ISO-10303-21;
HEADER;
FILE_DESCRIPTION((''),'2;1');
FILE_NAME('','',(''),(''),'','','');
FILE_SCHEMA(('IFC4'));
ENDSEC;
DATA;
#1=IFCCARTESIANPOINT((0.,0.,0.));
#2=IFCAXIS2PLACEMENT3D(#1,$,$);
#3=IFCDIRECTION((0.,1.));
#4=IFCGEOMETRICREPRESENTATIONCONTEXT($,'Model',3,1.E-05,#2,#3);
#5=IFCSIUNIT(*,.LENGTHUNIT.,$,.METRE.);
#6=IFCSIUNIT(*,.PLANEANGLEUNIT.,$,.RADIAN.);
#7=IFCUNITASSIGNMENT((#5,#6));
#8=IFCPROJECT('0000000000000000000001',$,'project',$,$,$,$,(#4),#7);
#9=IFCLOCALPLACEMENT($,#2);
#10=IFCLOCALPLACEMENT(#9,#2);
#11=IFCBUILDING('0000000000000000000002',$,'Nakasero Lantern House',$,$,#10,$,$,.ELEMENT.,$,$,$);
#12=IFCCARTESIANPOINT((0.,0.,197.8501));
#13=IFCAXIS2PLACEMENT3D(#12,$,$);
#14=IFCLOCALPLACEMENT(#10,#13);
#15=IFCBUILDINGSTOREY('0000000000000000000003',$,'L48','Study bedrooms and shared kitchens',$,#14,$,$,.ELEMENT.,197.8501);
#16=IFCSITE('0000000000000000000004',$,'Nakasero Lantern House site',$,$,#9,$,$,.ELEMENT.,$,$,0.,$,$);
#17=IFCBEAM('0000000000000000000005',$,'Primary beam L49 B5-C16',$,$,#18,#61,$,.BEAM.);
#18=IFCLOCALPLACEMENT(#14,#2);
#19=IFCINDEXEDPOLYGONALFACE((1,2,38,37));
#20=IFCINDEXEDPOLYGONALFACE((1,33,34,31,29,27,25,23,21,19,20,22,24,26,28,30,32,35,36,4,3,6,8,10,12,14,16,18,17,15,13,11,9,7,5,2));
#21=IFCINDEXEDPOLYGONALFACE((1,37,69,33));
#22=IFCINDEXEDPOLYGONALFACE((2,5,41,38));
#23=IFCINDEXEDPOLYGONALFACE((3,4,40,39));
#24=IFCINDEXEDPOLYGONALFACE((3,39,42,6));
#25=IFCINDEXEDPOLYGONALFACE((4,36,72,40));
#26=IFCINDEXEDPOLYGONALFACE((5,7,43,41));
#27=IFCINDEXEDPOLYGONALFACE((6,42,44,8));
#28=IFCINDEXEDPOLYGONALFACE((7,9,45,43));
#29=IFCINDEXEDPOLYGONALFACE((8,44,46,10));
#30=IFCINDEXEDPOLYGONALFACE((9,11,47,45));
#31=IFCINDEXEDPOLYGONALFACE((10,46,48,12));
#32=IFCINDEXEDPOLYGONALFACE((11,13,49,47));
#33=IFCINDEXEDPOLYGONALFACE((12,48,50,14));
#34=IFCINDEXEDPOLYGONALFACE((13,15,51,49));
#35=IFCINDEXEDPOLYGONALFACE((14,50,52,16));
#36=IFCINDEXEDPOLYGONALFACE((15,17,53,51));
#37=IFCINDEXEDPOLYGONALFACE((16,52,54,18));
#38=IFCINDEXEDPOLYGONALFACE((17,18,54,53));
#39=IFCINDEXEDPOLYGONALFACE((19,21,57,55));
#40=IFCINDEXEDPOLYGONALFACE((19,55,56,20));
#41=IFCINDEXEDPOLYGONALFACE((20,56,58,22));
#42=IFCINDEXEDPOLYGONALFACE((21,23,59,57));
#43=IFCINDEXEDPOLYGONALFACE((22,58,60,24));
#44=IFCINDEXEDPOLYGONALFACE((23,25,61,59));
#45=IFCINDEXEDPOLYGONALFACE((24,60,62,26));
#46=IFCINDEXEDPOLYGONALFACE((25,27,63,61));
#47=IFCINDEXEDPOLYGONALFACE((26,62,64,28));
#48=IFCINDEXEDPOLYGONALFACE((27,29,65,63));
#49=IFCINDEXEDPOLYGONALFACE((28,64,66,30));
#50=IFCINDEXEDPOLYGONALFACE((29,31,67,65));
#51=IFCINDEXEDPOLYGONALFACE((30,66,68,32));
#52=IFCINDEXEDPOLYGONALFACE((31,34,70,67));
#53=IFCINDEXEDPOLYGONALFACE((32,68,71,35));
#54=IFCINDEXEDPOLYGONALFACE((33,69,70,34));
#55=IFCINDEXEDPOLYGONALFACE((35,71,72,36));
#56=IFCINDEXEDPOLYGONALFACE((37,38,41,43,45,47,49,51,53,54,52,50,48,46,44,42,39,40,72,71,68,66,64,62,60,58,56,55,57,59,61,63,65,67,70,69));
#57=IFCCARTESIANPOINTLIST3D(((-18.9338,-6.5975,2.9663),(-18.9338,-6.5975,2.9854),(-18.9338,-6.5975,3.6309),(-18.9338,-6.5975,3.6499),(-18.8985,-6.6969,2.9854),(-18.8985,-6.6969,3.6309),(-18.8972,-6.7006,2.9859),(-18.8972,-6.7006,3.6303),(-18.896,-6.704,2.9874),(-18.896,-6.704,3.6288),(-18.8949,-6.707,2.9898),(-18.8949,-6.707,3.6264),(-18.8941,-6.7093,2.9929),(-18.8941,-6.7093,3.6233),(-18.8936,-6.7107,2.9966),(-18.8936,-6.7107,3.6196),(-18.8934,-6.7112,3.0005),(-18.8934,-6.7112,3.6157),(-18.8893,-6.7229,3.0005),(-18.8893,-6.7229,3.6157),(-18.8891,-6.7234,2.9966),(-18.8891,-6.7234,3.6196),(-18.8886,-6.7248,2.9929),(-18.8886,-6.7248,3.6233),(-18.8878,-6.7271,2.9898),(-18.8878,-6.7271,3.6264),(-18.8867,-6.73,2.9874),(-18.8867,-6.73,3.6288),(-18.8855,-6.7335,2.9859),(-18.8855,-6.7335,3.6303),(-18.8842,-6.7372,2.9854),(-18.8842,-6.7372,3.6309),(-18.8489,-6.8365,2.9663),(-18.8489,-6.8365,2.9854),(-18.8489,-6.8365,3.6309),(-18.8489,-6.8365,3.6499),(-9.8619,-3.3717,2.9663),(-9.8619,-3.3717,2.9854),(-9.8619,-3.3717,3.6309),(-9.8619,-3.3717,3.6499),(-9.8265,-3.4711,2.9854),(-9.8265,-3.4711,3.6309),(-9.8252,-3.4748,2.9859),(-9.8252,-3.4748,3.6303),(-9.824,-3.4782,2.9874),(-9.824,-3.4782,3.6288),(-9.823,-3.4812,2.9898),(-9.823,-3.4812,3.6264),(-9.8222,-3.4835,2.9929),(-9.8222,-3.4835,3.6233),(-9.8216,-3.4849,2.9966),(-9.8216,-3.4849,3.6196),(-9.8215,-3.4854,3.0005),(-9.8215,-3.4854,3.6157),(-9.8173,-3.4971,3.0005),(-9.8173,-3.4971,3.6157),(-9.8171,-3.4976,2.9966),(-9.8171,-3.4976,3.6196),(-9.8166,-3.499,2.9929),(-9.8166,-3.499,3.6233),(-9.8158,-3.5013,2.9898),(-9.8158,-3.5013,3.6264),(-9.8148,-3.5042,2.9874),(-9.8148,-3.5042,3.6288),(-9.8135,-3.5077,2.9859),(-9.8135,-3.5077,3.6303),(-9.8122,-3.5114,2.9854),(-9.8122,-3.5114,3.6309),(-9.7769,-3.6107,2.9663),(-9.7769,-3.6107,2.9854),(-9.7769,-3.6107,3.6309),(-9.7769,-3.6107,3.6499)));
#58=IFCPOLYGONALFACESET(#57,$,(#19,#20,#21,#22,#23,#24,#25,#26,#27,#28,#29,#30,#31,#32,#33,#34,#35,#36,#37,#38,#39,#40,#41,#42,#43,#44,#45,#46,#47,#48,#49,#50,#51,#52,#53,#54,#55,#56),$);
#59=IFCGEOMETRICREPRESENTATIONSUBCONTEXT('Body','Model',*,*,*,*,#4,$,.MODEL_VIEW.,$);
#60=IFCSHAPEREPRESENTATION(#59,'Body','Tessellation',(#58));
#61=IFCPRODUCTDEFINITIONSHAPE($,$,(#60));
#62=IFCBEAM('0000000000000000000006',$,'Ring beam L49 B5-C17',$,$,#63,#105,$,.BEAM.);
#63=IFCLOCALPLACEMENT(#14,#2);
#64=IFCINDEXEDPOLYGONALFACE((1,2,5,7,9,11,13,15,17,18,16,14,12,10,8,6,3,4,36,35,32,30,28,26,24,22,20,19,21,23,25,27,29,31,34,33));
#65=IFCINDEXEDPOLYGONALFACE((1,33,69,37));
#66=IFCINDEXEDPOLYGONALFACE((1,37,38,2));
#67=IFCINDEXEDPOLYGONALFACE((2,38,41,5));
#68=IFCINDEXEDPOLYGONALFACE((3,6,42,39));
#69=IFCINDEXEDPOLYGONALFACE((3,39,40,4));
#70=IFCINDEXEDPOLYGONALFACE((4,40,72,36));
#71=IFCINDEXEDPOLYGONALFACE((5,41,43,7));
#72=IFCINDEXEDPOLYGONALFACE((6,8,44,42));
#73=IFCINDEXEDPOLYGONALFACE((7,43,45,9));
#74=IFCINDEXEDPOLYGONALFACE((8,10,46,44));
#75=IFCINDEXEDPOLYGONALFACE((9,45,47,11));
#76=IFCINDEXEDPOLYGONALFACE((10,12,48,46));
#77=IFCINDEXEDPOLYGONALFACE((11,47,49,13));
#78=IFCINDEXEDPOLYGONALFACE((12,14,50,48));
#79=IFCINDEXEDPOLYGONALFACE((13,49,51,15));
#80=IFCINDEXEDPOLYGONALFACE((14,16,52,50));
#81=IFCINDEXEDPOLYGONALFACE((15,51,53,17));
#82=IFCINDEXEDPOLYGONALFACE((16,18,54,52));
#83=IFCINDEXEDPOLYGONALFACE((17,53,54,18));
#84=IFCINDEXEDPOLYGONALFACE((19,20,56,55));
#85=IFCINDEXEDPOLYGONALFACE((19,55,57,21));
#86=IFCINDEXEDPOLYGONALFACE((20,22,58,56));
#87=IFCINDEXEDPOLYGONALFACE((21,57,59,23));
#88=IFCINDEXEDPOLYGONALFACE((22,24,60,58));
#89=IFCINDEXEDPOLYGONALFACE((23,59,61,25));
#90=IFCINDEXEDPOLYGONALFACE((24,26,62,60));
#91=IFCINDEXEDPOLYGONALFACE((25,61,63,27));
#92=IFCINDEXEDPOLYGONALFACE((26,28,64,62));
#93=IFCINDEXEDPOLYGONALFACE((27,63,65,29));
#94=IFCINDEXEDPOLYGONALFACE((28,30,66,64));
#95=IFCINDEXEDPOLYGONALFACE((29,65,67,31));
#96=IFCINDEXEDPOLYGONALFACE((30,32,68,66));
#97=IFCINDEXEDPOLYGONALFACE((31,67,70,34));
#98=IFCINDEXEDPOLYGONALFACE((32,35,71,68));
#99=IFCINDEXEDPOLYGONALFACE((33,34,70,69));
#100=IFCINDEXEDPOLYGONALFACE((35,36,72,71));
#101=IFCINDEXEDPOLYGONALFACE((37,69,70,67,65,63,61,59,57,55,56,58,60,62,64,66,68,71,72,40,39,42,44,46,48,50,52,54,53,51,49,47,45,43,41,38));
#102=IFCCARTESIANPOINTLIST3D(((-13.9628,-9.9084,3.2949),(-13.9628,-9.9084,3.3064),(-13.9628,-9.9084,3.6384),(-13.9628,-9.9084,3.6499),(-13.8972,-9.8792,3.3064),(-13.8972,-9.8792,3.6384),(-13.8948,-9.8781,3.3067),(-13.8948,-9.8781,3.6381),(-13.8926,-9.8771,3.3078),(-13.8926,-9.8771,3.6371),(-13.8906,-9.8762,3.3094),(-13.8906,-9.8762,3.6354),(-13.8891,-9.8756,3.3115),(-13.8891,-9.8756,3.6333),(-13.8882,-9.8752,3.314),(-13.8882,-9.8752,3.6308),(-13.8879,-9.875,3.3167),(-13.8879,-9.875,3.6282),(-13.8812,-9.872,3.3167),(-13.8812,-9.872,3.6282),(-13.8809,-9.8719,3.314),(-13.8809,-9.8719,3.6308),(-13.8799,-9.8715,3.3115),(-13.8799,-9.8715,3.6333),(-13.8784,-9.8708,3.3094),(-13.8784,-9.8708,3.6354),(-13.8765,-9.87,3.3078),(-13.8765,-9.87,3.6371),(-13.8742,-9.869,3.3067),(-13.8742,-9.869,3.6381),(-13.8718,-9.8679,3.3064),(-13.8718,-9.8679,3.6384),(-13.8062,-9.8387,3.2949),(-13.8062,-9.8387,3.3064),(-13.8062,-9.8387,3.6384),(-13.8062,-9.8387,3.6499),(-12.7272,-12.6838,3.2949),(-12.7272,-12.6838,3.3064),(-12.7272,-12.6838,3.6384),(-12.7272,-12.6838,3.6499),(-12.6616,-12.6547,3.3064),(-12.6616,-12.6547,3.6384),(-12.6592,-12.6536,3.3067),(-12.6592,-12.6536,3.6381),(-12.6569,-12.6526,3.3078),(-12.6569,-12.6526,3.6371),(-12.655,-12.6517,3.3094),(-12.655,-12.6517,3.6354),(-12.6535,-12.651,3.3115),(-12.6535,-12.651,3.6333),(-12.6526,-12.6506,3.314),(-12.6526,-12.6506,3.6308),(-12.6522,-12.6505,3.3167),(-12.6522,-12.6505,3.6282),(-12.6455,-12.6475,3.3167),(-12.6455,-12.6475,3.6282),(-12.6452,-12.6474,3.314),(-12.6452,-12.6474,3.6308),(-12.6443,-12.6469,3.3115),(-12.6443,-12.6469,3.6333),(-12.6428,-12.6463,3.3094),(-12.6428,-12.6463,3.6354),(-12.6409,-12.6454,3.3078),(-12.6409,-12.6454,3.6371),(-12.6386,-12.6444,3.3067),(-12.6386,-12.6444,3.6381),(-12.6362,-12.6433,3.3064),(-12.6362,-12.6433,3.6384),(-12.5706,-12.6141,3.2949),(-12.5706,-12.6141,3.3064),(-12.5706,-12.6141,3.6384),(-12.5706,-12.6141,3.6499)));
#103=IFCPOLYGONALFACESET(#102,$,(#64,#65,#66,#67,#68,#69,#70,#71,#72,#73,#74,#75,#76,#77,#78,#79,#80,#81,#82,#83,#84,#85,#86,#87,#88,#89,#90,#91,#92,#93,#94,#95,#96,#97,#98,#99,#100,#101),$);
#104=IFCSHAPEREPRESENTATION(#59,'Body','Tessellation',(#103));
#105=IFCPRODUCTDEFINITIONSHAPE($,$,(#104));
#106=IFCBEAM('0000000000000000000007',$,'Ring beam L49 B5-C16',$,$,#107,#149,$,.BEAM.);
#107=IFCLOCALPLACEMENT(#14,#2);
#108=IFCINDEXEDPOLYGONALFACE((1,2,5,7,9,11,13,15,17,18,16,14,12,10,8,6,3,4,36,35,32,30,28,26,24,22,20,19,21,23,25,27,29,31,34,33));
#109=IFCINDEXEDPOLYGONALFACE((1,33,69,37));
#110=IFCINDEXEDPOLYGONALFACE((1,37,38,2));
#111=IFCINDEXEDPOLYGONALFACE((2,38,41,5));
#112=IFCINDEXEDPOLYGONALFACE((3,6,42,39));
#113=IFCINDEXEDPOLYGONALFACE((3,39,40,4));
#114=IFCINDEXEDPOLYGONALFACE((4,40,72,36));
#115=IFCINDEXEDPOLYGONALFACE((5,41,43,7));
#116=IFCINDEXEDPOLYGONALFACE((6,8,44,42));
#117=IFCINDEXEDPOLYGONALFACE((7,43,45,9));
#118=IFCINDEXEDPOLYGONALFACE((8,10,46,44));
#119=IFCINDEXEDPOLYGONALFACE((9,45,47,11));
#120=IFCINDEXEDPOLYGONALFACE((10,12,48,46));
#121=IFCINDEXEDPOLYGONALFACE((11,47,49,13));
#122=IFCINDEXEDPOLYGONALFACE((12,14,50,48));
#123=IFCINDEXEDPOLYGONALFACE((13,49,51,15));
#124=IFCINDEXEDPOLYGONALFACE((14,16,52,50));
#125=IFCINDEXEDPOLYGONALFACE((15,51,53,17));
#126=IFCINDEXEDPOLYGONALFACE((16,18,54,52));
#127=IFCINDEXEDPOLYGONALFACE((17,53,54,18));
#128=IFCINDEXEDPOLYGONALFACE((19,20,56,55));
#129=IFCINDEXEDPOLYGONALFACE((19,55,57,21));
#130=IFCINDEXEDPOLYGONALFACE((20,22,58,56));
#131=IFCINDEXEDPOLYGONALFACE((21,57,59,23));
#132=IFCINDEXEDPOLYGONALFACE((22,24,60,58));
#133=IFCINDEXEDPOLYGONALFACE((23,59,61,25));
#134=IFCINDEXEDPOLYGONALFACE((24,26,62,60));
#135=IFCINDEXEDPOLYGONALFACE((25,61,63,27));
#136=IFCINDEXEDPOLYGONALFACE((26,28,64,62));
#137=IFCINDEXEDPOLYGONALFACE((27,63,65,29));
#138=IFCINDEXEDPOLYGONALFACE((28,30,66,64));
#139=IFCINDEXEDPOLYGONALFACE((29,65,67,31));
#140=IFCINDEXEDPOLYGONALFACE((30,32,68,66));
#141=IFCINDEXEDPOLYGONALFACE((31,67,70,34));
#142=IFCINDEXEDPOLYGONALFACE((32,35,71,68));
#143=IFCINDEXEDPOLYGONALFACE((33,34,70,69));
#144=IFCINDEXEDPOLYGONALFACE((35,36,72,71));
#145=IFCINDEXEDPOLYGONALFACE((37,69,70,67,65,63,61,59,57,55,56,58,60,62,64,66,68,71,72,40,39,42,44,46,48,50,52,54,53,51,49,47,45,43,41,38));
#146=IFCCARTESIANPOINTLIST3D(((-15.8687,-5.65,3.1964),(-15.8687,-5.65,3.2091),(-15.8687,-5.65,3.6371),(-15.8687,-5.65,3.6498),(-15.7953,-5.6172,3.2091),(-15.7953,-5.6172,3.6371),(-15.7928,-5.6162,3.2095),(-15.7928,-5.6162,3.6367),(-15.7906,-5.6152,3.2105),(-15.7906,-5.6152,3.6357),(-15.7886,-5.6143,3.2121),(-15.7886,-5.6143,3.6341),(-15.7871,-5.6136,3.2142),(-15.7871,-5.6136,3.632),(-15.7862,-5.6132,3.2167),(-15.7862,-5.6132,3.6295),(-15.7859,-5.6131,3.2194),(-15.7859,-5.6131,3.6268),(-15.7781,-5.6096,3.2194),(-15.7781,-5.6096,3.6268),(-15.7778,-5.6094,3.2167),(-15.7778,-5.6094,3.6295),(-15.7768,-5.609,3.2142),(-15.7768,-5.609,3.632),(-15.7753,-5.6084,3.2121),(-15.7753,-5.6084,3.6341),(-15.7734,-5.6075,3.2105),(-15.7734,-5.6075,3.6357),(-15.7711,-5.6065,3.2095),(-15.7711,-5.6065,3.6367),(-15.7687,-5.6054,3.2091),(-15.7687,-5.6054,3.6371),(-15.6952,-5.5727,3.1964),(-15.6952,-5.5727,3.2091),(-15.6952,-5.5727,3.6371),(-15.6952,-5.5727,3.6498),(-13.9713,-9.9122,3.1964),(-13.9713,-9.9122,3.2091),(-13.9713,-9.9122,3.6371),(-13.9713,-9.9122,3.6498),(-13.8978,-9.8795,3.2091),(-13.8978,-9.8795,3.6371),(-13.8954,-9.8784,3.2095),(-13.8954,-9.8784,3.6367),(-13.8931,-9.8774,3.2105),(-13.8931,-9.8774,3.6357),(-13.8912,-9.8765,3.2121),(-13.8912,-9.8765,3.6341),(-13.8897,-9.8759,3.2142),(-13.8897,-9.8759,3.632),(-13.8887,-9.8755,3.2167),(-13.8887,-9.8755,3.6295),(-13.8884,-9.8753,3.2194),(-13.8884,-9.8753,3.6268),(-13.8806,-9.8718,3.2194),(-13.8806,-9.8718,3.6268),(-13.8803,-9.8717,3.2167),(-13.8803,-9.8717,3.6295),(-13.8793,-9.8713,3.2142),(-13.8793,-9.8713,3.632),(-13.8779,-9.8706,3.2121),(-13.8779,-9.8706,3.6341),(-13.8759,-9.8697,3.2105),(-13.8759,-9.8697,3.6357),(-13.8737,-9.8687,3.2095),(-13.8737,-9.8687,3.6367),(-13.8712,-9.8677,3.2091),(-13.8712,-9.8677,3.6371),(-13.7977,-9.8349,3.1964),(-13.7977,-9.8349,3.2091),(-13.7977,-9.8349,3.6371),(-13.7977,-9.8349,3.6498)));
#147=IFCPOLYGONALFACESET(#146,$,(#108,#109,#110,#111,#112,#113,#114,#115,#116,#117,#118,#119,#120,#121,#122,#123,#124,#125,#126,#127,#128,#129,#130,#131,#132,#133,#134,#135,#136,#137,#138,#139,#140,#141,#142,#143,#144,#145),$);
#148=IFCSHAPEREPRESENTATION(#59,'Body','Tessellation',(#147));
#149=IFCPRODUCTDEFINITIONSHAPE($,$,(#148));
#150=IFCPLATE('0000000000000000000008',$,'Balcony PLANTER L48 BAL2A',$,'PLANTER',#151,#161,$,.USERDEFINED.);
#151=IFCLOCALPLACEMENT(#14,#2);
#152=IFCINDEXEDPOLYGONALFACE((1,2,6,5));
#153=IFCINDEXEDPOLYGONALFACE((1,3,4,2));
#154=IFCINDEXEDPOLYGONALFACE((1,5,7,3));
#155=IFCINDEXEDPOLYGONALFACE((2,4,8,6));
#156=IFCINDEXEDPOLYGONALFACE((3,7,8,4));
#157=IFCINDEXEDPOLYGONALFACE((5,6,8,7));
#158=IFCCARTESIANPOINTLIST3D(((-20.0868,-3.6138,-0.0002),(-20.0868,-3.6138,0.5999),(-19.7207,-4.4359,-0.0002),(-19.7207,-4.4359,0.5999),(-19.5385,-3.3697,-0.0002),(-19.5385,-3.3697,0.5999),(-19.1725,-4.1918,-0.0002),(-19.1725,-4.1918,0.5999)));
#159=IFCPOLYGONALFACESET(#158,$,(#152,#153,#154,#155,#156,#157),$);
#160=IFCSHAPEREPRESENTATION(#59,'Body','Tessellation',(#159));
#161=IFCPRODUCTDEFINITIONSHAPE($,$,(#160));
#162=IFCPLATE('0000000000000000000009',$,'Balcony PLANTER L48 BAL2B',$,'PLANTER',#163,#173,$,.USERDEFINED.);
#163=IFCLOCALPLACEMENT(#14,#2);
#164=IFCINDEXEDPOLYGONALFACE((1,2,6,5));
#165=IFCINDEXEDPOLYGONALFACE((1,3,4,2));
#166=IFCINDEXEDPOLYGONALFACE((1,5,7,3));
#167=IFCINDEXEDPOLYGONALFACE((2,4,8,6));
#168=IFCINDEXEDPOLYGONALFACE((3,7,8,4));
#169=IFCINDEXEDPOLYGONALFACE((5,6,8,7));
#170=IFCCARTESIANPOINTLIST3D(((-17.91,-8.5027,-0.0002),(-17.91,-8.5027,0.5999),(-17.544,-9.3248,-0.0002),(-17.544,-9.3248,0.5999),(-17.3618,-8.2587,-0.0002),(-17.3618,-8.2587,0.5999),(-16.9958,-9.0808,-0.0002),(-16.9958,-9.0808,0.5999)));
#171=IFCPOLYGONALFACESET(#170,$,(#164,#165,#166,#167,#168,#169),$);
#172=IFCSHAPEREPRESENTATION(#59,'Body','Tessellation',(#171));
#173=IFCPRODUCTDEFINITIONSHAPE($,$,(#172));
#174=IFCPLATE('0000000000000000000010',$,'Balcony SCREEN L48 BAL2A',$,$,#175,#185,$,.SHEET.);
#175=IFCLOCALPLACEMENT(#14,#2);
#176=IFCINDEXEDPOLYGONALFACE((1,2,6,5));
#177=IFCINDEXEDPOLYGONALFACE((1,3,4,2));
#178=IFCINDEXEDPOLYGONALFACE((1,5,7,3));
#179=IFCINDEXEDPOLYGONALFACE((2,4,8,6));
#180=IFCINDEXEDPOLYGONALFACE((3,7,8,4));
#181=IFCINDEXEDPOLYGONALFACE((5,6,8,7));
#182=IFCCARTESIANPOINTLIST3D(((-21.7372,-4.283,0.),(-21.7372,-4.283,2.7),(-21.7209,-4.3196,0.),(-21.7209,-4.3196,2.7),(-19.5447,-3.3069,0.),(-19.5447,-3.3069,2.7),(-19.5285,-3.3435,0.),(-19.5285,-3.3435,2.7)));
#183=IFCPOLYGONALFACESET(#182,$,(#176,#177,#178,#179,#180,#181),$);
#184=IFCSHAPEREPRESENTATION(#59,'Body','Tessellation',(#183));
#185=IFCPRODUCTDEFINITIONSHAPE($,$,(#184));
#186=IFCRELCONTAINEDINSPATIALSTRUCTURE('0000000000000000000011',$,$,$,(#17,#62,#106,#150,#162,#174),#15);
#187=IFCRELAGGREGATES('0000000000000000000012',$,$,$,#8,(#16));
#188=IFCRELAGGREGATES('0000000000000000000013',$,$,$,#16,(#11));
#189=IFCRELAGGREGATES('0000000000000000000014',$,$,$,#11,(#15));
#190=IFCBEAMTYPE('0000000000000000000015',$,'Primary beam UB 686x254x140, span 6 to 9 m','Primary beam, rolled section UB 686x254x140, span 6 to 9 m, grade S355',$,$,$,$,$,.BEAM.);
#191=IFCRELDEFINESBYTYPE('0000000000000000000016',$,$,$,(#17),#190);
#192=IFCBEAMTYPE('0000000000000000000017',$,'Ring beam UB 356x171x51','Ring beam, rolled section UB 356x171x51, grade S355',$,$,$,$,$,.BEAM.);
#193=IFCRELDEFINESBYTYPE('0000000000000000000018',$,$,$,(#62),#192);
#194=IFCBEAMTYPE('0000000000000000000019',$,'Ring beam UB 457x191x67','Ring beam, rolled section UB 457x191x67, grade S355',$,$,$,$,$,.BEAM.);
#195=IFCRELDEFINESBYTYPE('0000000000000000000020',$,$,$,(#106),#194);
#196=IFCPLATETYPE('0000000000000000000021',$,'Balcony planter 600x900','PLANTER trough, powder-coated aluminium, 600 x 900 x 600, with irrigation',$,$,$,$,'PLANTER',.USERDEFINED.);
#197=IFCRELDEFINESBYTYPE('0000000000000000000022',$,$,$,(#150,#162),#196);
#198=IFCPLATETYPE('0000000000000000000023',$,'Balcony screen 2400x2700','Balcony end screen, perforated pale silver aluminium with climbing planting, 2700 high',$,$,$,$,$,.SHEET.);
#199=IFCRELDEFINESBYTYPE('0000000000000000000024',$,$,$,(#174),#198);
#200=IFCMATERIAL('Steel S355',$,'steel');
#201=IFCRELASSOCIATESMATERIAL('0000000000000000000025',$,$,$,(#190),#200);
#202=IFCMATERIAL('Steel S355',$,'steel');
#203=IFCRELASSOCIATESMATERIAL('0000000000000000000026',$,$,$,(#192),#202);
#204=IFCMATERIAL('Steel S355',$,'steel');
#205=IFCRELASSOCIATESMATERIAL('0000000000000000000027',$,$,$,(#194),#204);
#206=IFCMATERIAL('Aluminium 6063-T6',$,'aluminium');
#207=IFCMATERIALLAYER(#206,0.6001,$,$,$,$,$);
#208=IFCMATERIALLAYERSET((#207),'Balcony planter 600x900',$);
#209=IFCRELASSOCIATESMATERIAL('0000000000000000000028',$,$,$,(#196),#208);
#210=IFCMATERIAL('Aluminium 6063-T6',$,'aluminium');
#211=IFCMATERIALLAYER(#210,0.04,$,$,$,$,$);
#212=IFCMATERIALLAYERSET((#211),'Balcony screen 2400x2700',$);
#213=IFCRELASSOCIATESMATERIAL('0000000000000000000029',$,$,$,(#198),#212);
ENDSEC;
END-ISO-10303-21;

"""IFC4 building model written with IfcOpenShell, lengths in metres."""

from ifc_helpers import new_model, si_unit, direction, frame, origin, origin_2d, place, context, subcontext, project, spatial, rectangle, i_section, extrude, material, layer, layer_set, material_profile, profile_set, type_object, element, save


model = new_model("IFC4")

# Units and contexts
model_context = context("Model", 3, precision=1e-05, world=origin(), true_north=direction((0.0, 1.0)))
body_context = subcontext(model_context, "Body", "Model", "MODEL_VIEW")
ifc_project = project(units=[si_unit("LENGTHUNIT", "METRE"), si_unit("PLANEANGLEUNIT", "RADIAN")], contexts=[model_context])

# Site, building, storey
site_placement = place(None, origin())
site = spatial("IfcSite", under=ifc_project, at=site_placement, Name="Nakasero Lantern House site", CompositionType="ELEMENT", RefElevation=0.0)
building_placement = place(site_placement, origin())
building = spatial("IfcBuilding", under=site, at=building_placement, Name="Nakasero Lantern House", CompositionType="ELEMENT")
storey_placement = place(building_placement, frame((0.0, 0.0, 197.8501)))
storey = spatial("IfcBuildingStorey", under=building, at=storey_placement, Name="L48", Description="Study bedrooms and shared kitchens", CompositionType="ELEMENT", Elevation=197.8501)

# Beams
ifc_material_1 = material(Name="Steel S355", Category="steel")
ifc_material_profile_1 = material_profile(ifc_material_1, i_section(OverallWidth=0.2537, OverallDepth=0.6836, WebThickness=0.0125, FlangeThickness=0.019, FilletRadius=0.0151, at=origin_2d()), Name="UB 686x254x140")
ifc_profile_set_1 = profile_set([ifc_material_profile_1], Name="Steel S355")
beam_type_1 = type_object("IfcBeamType", Name="Primary beam UB 686x254x140, span 6 to 9 m", Description="Primary beam, rolled section UB 686x254x140, span 6 to 9 m, grade S355", PredefinedType="BEAM", material=ifc_profile_set_1)
beam_1_placement = place(storey_placement, frame((-18.8914, -6.717, 3.3081), z_axis=(0.942207, 0.33503, 0.0), x_axis=(-0.33503, 0.942207, 0.0)))
element("IfcBeam", 1, at=beam_1_placement, inside=storey, type_object=beam_type_1, Name="Primary beam L49 B5-C16", PredefinedType="BEAM", context=body_context, shape_type="SweptSolid", body=[
    extrude(i_section(OverallWidth=0.2537, OverallDepth=0.6836, WebThickness=0.0125, FlangeThickness=0.019, FilletRadius=0.0151, at=origin_2d()), origin(), (0.0, 0.0, 1.0), 9.6284),
])
ifc_material_2 = material(Name="Steel S355", Category="steel")
ifc_material_profile_2 = material_profile(ifc_material_2, i_section(OverallWidth=0.1714, OverallDepth=0.355, WebThickness=0.0073, FlangeThickness=0.0115, FilletRadius=0.0103, at=origin_2d()), Name="UB 356x171x51")
ifc_profile_set_2 = profile_set([ifc_material_profile_2], Name="Steel S355")
beam_type_2 = type_object("IfcBeamType", Name="Ring beam UB 356x171x51", Description="Ring beam, rolled section UB 356x171x51, grade S355", PredefinedType="BEAM", material=ifc_profile_set_2)
beam_2_placement = place(storey_placement, frame((-13.8845, -9.8735, 3.4724), z_axis=(0.406713, -0.913556, 0.0), x_axis=(0.913556, 0.406713, 0.0)))
element("IfcBeam", 2, at=beam_2_placement, inside=storey, type_object=beam_type_2, Name="Ring beam L49 B5-C17", PredefinedType="BEAM", context=body_context, shape_type="SweptSolid", body=[
    extrude(i_section(OverallWidth=0.1714, OverallDepth=0.355, WebThickness=0.0073, FlangeThickness=0.0115, FilletRadius=0.0103, at=origin_2d()), origin(), (0.0, 0.0, 1.0), 3.0381),
])
ifc_material_3 = material(Name="Steel S355", Category="steel")
ifc_material_profile_3 = material_profile(ifc_material_3, i_section(OverallWidth=0.1899, OverallDepth=0.4534, WebThickness=0.0085, FlangeThickness=0.0127, FilletRadius=0.0103, at=origin_2d()), Name="UB 457x191x67")
ifc_profile_set_3 = profile_set([ifc_material_profile_3], Name="Steel S355")
beam_type_3 = type_object("IfcBeamType", Name="Ring beam UB 457x191x67", Description="Ring beam, rolled section UB 457x191x67, grade S355", PredefinedType="BEAM", material=ifc_profile_set_3)
beam_3_placement = place(storey_placement, frame((-15.782, -5.6113, 3.4231), z_axis=(0.406702, -0.913561, 0.0), x_axis=(0.913561, 0.406702, 0.0)))
element("IfcBeam", 3, at=beam_3_placement, inside=storey, type_object=beam_type_3, Name="Ring beam L49 B5-C16", PredefinedType="BEAM", context=body_context, shape_type="SweptSolid", body=[
    extrude(i_section(OverallWidth=0.1899, OverallDepth=0.4534, WebThickness=0.0085, FlangeThickness=0.0127, FilletRadius=0.0103, at=origin_2d()), origin(), (0.0, 0.0, 1.0), 4.6655),
])

# Plates
ifc_material_4 = material(Name="Aluminium 6063-T6", Category="aluminium")
ifc_layer_1 = layer(ifc_material_4, 0.6001)
ifc_layer_set_1 = layer_set([ifc_layer_1], Name="Balcony planter 600x900")
plate_type_1 = type_object("IfcPlateType", Name="Balcony planter 600x900", Description="PLANTER trough, powder-coated aluminium, 600 x 900 x 600, with irrigation", ElementType="PLANTER", PredefinedType="USERDEFINED", material=ifc_layer_set_1)
for number, where, z_axis, x_axis, name in (
    (4, (-19.6296, -3.9028, -0.0002), (0.0, 0.0, 1.0), (-0.913545, -0.406737, 0.0), "Balcony PLANTER L48 BAL2A"),
    (5, (-17.4529, -8.7917, -0.0002), (0.0, 0.0, 1.0), (-0.913545, -0.406737, 0.0), "Balcony PLANTER L48 BAL2B"),
):
    element("IfcPlate", number, at=place(storey_placement, frame(where, z_axis=z_axis, x_axis=x_axis)), inside=storey, type_object=plate_type_1, Name=name, ObjectType="PLANTER", PredefinedType="USERDEFINED", context=body_context, shape_type="SweptSolid", body=[
        extrude(rectangle(XDim=0.6001, YDim=0.8999, at=origin_2d()), origin(), (0.0, 0.0, 1.0), 0.6001),
    ])
ifc_material_5 = material(Name="Aluminium 6063-T6", Category="aluminium")
ifc_layer_2 = layer(ifc_material_5, 0.04)
ifc_layer_set_2 = layer_set([ifc_layer_2], Name="Balcony screen 2400x2700")
plate_type_2 = type_object("IfcPlateType", Name="Balcony screen 2400x2700", Description="Balcony end screen, perforated pale silver aluminium with climbing planting, 2700 high", PredefinedType="SHEET", material=ifc_layer_set_2)
for number, where, z_axis, x_axis, name in (
    (6, (-20.6328, -3.8132, 0.0), (0.0, 0.0, 1.0), (-0.913545, -0.406737, 0.0), "Balcony SCREEN L48 BAL2A"),
):
    element("IfcPlate", number, at=place(storey_placement, frame(where, z_axis=z_axis, x_axis=x_axis)), inside=storey, type_object=plate_type_2, Name=name, PredefinedType="SHEET", context=body_context, shape_type="SweptSolid", body=[
        extrude(rectangle(XDim=2.3999, YDim=0.04, at=origin_2d()), origin(), (0.0, 0.0, 1.0), 2.7),
    ])

save(model, "model.ifc")
